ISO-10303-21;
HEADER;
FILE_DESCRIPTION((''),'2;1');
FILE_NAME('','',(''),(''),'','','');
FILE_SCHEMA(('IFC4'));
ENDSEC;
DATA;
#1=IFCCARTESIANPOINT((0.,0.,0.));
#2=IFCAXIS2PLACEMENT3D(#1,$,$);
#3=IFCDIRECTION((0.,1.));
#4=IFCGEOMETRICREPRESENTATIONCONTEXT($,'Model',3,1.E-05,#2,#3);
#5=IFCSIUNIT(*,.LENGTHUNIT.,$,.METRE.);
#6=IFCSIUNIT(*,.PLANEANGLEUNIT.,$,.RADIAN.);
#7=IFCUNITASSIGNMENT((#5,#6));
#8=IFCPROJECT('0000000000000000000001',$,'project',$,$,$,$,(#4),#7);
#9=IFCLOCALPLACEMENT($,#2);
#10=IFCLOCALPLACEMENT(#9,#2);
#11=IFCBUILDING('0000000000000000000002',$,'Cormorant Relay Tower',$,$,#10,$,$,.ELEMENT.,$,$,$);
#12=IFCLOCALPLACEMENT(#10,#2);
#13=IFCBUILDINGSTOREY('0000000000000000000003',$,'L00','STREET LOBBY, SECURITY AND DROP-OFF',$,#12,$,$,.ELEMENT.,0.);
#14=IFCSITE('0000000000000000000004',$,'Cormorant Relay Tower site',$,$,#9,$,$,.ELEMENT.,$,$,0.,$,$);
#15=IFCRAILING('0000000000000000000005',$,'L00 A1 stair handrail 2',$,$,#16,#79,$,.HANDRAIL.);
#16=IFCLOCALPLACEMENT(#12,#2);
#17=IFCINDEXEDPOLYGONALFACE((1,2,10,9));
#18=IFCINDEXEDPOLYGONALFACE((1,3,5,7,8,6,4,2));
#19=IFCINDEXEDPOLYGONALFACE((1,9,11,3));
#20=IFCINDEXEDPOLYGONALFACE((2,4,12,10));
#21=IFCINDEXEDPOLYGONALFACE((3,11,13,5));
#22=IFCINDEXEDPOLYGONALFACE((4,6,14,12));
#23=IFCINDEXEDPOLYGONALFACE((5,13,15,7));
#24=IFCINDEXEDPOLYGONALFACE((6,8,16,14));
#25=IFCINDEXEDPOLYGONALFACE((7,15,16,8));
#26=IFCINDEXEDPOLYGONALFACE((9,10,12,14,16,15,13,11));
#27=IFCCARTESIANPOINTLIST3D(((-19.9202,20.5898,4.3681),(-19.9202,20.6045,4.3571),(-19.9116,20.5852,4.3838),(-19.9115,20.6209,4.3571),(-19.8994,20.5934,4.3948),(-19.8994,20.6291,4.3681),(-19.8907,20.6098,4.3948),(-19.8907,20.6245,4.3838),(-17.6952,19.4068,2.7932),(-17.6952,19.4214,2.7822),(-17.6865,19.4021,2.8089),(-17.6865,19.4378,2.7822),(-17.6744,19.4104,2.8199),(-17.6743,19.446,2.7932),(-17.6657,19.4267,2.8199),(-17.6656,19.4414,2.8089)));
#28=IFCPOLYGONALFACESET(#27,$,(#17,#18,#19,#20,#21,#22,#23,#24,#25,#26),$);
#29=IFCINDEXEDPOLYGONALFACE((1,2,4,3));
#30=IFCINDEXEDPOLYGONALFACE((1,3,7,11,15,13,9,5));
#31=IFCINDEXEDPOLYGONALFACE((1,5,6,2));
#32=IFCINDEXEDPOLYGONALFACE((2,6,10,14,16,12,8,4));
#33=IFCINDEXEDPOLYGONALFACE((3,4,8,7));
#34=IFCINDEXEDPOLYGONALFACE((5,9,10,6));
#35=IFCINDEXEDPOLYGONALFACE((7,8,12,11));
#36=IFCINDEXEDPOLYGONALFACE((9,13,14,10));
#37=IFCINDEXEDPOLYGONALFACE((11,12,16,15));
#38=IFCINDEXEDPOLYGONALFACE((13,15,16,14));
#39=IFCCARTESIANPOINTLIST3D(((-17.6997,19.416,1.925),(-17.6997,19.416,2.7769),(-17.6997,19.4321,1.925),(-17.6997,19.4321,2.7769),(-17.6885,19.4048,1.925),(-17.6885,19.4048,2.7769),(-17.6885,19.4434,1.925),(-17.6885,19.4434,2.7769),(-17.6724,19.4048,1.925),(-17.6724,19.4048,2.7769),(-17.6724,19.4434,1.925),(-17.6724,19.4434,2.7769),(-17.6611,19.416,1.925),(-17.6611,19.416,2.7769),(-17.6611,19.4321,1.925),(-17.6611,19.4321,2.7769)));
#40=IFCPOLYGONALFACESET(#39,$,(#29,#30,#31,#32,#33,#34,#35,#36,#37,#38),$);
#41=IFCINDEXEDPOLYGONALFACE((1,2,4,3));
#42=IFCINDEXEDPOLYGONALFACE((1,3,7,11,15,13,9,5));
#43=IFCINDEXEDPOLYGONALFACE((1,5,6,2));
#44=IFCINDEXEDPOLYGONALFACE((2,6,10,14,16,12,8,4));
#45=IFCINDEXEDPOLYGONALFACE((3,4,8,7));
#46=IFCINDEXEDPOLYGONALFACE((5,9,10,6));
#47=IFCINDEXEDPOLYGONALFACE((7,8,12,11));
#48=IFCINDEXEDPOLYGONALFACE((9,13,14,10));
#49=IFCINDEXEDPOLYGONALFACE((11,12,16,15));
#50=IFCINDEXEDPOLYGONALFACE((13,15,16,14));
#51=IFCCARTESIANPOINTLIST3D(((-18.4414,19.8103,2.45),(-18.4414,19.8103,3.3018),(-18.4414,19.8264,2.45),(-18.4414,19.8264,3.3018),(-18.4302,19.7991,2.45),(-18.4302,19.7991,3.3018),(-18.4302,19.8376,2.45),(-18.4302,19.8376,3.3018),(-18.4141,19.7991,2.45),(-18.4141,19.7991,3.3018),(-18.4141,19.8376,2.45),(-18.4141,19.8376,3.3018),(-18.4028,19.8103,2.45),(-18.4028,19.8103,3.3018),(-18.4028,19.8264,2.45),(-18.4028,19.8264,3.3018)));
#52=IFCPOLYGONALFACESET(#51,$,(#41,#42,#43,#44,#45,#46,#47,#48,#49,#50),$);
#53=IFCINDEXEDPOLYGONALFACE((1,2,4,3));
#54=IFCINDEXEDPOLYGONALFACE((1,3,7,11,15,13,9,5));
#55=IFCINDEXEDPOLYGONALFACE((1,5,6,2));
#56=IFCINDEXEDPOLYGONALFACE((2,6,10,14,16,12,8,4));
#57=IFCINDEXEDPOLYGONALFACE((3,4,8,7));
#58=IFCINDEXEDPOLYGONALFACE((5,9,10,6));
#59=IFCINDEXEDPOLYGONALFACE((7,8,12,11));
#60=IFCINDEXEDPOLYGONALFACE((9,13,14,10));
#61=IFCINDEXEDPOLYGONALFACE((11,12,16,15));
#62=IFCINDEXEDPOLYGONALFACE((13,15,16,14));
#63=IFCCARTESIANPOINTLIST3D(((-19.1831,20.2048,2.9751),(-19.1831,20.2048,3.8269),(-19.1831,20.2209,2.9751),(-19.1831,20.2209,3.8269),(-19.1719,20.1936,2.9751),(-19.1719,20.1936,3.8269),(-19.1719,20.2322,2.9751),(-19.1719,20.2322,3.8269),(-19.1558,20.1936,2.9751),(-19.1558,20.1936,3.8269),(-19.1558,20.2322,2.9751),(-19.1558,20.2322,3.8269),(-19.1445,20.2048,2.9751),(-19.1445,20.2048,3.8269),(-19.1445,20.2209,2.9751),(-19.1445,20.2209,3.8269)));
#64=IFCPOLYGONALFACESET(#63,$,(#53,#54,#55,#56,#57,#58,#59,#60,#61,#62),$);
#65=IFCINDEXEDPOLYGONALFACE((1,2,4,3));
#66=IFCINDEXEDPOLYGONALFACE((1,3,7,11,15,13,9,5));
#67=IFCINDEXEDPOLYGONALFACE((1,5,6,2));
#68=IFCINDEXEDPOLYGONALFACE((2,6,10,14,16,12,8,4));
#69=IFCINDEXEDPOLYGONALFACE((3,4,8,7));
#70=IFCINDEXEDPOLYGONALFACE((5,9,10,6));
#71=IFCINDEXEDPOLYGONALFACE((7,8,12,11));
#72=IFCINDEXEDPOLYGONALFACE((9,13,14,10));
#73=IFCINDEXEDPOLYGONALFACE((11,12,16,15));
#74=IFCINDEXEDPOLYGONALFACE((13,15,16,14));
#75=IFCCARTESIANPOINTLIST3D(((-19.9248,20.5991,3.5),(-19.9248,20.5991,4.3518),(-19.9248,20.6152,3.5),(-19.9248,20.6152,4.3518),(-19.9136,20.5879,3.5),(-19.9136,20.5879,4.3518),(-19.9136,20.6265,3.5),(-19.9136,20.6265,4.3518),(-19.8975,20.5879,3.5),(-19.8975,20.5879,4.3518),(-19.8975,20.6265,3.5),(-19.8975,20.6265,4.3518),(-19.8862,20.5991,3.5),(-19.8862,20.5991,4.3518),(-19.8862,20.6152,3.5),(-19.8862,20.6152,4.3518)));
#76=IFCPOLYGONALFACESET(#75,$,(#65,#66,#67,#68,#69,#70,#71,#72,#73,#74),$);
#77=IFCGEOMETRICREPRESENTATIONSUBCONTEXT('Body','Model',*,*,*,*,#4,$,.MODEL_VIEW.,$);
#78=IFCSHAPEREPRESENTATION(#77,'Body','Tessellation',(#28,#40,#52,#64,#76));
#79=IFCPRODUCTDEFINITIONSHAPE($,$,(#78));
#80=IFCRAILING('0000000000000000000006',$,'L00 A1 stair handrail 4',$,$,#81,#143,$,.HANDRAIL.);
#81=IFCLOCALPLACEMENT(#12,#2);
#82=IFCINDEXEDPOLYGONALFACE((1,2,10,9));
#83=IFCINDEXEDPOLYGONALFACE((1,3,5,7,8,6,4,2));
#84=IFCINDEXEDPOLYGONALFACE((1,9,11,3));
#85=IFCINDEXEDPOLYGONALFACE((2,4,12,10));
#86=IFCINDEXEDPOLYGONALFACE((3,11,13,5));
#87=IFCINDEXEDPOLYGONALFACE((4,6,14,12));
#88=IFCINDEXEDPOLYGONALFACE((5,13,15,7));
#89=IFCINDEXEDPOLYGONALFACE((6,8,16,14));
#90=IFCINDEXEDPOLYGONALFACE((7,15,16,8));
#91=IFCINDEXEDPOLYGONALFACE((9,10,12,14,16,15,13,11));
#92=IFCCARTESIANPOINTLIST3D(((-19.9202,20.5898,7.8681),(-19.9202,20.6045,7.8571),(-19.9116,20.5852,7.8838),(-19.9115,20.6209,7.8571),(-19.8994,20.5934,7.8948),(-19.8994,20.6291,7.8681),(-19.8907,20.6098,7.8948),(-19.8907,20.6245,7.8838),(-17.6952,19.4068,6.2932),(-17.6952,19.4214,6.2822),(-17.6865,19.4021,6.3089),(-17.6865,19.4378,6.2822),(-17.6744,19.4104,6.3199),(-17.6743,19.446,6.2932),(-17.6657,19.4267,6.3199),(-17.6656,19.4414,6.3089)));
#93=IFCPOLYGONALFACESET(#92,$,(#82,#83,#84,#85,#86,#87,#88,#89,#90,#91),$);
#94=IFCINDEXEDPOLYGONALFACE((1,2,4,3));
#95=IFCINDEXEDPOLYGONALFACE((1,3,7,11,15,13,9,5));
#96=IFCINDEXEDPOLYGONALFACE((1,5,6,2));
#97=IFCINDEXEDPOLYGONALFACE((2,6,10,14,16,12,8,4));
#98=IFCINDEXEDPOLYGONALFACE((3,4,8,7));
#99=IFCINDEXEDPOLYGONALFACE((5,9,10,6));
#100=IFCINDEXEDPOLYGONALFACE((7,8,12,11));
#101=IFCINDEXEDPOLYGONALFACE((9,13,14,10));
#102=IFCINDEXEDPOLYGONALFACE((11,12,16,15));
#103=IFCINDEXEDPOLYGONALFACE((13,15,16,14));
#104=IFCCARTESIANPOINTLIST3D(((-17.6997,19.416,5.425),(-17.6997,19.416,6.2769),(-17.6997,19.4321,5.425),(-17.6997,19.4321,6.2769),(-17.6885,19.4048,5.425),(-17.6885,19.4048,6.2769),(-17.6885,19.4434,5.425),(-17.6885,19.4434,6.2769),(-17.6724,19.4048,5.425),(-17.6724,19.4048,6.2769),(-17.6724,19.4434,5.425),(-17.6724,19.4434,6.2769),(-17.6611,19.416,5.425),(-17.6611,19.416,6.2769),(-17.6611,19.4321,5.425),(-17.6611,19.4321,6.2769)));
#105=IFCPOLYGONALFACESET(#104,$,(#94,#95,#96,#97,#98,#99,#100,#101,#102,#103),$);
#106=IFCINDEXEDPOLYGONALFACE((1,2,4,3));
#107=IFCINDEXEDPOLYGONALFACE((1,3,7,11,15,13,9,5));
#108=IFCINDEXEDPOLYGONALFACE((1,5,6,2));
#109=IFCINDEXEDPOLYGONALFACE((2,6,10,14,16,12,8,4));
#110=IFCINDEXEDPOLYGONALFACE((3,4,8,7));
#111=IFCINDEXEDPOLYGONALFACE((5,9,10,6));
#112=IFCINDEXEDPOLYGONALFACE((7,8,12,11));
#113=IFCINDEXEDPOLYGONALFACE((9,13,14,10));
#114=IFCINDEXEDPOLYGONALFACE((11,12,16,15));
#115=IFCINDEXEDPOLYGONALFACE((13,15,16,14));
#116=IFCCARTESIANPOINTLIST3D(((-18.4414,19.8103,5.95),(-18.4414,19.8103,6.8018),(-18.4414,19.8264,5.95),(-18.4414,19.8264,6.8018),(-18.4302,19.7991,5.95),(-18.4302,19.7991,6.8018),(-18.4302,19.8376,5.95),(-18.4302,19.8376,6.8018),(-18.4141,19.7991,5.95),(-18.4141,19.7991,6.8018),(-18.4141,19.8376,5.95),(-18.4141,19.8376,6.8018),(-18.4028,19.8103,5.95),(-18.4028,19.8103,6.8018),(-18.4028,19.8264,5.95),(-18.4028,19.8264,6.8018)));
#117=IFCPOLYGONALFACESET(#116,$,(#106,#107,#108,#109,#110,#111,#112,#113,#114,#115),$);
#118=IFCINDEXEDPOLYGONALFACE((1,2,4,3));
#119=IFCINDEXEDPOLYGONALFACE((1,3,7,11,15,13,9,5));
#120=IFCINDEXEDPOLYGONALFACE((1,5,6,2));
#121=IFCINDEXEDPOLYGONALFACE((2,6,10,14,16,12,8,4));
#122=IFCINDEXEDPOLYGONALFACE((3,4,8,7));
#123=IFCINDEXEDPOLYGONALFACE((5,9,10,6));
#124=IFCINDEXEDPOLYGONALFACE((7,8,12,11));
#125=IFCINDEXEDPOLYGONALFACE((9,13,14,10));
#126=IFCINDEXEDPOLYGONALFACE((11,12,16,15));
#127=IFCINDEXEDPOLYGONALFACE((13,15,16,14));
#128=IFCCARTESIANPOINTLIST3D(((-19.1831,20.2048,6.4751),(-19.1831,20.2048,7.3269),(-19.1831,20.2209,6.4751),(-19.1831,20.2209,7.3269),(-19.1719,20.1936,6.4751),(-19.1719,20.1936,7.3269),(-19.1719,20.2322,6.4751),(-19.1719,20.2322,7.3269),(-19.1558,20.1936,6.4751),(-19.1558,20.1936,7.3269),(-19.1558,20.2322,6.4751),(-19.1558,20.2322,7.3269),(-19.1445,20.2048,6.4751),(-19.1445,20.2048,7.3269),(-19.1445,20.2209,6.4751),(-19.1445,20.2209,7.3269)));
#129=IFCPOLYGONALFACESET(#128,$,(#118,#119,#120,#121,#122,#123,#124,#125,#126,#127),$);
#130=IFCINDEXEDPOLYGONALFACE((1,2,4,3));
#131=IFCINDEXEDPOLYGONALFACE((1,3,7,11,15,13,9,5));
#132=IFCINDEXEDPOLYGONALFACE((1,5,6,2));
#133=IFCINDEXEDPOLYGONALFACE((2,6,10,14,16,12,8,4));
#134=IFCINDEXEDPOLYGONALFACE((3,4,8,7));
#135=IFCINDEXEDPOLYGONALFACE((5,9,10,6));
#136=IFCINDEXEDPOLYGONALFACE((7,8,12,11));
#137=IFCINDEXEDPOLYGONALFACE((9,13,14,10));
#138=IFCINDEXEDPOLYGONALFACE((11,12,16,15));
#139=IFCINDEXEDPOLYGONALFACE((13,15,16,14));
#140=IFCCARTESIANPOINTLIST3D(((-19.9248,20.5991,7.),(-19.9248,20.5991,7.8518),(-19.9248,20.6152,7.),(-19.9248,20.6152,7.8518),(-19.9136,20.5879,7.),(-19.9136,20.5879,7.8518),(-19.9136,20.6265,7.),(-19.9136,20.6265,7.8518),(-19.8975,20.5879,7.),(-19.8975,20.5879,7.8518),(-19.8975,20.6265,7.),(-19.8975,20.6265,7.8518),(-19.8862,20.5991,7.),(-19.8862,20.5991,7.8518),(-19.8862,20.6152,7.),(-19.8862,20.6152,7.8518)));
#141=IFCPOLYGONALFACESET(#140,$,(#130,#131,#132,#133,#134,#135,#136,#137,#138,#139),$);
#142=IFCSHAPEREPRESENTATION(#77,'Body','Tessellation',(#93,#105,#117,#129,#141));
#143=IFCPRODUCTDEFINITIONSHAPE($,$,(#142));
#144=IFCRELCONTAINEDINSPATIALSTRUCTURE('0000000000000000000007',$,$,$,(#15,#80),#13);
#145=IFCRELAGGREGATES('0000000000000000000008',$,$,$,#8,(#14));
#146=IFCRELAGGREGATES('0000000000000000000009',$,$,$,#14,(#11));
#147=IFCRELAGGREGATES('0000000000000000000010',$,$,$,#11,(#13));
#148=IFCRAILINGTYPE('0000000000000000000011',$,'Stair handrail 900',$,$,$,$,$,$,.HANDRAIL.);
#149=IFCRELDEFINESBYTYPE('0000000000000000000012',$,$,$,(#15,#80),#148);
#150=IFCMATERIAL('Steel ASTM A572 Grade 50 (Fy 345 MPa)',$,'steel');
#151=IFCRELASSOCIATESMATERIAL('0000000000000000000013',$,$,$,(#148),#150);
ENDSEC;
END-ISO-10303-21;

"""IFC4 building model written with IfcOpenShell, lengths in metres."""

from ifc_helpers import new_model, si_unit, direction, frame, origin, place, context, subcontext, project, spatial, polyline, outline, extrude, material, type_object, element, save


model = new_model("IFC4")

# Units and contexts
model_context = context("Model", 3, precision=1e-05, world=origin(), true_north=direction((0.0, 1.0)))
body_context = subcontext(model_context, "Body", "Model", "MODEL_VIEW")
ifc_project = project(units=[si_unit("LENGTHUNIT", "METRE"), si_unit("PLANEANGLEUNIT", "RADIAN")], contexts=[model_context])

# Site, building, storey
site_placement = place(None, origin())
site = spatial("IfcSite", under=ifc_project, at=site_placement, Name="Cormorant Relay Tower site", CompositionType="ELEMENT", RefElevation=0.0)
building_placement = place(site_placement, origin())
building = spatial("IfcBuilding", under=site, at=building_placement, Name="Cormorant Relay Tower", CompositionType="ELEMENT")
storey_placement = place(building_placement, origin())
storey = spatial("IfcBuildingStorey", under=building, at=storey_placement, Name="L00", Description="STREET LOBBY, SECURITY AND DROP-OFF", CompositionType="ELEMENT", Elevation=0.0)

# Railings
ifc_material_1 = material(Name="Steel ASTM A572 Grade 50 (Fy 345 MPa)", Category="steel")
railing_type = type_object("IfcRailingType", Name="Stair handrail 900", PredefinedType="HANDRAIL", material=ifc_material_1)
railing_1_placement = place(storey_placement, frame((-17.6804, 19.4241, 1.925)))
element("IfcRailing", 1, at=railing_1_placement, inside=storey, type_object=railing_type, Name="L00 A1 stair handrail 2", PredefinedType="HANDRAIL", context=body_context, shape_type="SweptSolid", body=[
    extrude(outline(polyline([(0.0222, 0.0093), (0.0093, 0.0222), (-0.0093, 0.0222), (-0.0222, 0.0093), (-0.0222, -0.0093), (-0.0093, -0.0222), (0.0093, -0.0222), (0.0222, -0.0093), (0.0222, 0.0093)])), frame((0.0, 0.0, 0.876), z_axis=(-0.748751, 0.398118, 0.529975), x_axis=(-0.469472, -0.882948, 0.0)), (0.0, 0.0, 1.0), 2.9717),
    extrude(outline(polyline([(0.0193, 0.0081), (0.0081, 0.0193), (-0.0081, 0.0193), (-0.0193, 0.0081), (-0.0193, -0.0081), (-0.0081, -0.0193), (0.0081, -0.0193), (0.0193, -0.0081), (0.0193, 0.0081)])), origin(), (0.0, 0.0, 1.0), 0.8518),
    extrude(outline(polyline([(0.0193, 0.0081), (0.0081, 0.0193), (-0.0081, 0.0193), (-0.0193, 0.0081), (-0.0193, -0.0081), (-0.0081, -0.0193), (0.0081, -0.0193), (0.0193, -0.0081), (0.0193, 0.0081)])), frame((-0.7417, 0.3943, 0.5249)), (0.0, 0.0, 1.0), 0.8518),
    extrude(outline(polyline([(0.0193, 0.0081), (0.0081, 0.0193), (-0.0081, 0.0193), (-0.0193, 0.0081), (-0.0193, -0.0081), (-0.0081, -0.0193), (0.0081, -0.0193), (0.0193, -0.0081), (0.0193, 0.0081)])), frame((-1.4834, 0.7888, 1.05)), (0.0, 0.0, 1.0), 0.8518),
    extrude(outline(polyline([(0.0193, 0.0081), (0.0081, 0.0193), (-0.0081, 0.0193), (-0.0193, 0.0081), (-0.0193, -0.0081), (-0.0081, -0.0193), (0.0081, -0.0193), (0.0193, -0.0081), (0.0193, 0.0081)])), frame((-2.2251, 1.1831, 1.575)), (0.0, 0.0, 1.0), 0.8518),
])
railing_2_placement = place(storey_placement, frame((-17.6804, 19.4241, 5.425)))
element("IfcRailing", 2, at=railing_2_placement, inside=storey, type_object=railing_type, Name="L00 A1 stair handrail 4", PredefinedType="HANDRAIL", context=body_context, shape_type="SweptSolid", body=[
    extrude(outline(polyline([(0.0222, 0.0093), (0.0093, 0.0222), (-0.0093, 0.0222), (-0.0222, 0.0093), (-0.0222, -0.0093), (-0.0093, -0.0222), (0.0093, -0.0222), (0.0222, -0.0093), (0.0222, 0.0093)])), frame((0.0, 0.0, 0.876), z_axis=(-0.748751, 0.398118, 0.529975), x_axis=(-0.469472, -0.882948, 0.0)), (0.0, 0.0, 1.0), 2.9717),
    extrude(outline(polyline([(0.0193, 0.0081), (0.0081, 0.0193), (-0.0081, 0.0193), (-0.0193, 0.0081), (-0.0193, -0.0081), (-0.0081, -0.0193), (0.0081, -0.0193), (0.0193, -0.0081), (0.0193, 0.0081)])), origin(), (0.0, 0.0, 1.0), 0.8518),
    extrude(outline(polyline([(0.0193, 0.0081), (0.0081, 0.0193), (-0.0081, 0.0193), (-0.0193, 0.0081), (-0.0193, -0.0081), (-0.0081, -0.0193), (0.0081, -0.0193), (0.0193, -0.0081), (0.0193, 0.0081)])), frame((-0.7417, 0.3943, 0.5249)), (0.0, 0.0, 1.0), 0.8518),
    extrude(outline(polyline([(0.0193, 0.0081), (0.0081, 0.0193), (-0.0081, 0.0193), (-0.0193, 0.0081), (-0.0193, -0.0081), (-0.0081, -0.0193), (0.0081, -0.0193), (0.0193, -0.0081), (0.0193, 0.0081)])), frame((-1.4834, 0.7888, 1.05)), (0.0, 0.0, 1.0), 0.8518),
    extrude(outline(polyline([(0.0193, 0.0081), (0.0081, 0.0193), (-0.0081, 0.0193), (-0.0193, 0.0081), (-0.0193, -0.0081), (-0.0081, -0.0193), (0.0081, -0.0193), (0.0193, -0.0081), (0.0193, 0.0081)])), frame((-2.2251, 1.1831, 1.575)), (0.0, 0.0, 1.0), 0.8518),
])

save(model, "model.ifc")
